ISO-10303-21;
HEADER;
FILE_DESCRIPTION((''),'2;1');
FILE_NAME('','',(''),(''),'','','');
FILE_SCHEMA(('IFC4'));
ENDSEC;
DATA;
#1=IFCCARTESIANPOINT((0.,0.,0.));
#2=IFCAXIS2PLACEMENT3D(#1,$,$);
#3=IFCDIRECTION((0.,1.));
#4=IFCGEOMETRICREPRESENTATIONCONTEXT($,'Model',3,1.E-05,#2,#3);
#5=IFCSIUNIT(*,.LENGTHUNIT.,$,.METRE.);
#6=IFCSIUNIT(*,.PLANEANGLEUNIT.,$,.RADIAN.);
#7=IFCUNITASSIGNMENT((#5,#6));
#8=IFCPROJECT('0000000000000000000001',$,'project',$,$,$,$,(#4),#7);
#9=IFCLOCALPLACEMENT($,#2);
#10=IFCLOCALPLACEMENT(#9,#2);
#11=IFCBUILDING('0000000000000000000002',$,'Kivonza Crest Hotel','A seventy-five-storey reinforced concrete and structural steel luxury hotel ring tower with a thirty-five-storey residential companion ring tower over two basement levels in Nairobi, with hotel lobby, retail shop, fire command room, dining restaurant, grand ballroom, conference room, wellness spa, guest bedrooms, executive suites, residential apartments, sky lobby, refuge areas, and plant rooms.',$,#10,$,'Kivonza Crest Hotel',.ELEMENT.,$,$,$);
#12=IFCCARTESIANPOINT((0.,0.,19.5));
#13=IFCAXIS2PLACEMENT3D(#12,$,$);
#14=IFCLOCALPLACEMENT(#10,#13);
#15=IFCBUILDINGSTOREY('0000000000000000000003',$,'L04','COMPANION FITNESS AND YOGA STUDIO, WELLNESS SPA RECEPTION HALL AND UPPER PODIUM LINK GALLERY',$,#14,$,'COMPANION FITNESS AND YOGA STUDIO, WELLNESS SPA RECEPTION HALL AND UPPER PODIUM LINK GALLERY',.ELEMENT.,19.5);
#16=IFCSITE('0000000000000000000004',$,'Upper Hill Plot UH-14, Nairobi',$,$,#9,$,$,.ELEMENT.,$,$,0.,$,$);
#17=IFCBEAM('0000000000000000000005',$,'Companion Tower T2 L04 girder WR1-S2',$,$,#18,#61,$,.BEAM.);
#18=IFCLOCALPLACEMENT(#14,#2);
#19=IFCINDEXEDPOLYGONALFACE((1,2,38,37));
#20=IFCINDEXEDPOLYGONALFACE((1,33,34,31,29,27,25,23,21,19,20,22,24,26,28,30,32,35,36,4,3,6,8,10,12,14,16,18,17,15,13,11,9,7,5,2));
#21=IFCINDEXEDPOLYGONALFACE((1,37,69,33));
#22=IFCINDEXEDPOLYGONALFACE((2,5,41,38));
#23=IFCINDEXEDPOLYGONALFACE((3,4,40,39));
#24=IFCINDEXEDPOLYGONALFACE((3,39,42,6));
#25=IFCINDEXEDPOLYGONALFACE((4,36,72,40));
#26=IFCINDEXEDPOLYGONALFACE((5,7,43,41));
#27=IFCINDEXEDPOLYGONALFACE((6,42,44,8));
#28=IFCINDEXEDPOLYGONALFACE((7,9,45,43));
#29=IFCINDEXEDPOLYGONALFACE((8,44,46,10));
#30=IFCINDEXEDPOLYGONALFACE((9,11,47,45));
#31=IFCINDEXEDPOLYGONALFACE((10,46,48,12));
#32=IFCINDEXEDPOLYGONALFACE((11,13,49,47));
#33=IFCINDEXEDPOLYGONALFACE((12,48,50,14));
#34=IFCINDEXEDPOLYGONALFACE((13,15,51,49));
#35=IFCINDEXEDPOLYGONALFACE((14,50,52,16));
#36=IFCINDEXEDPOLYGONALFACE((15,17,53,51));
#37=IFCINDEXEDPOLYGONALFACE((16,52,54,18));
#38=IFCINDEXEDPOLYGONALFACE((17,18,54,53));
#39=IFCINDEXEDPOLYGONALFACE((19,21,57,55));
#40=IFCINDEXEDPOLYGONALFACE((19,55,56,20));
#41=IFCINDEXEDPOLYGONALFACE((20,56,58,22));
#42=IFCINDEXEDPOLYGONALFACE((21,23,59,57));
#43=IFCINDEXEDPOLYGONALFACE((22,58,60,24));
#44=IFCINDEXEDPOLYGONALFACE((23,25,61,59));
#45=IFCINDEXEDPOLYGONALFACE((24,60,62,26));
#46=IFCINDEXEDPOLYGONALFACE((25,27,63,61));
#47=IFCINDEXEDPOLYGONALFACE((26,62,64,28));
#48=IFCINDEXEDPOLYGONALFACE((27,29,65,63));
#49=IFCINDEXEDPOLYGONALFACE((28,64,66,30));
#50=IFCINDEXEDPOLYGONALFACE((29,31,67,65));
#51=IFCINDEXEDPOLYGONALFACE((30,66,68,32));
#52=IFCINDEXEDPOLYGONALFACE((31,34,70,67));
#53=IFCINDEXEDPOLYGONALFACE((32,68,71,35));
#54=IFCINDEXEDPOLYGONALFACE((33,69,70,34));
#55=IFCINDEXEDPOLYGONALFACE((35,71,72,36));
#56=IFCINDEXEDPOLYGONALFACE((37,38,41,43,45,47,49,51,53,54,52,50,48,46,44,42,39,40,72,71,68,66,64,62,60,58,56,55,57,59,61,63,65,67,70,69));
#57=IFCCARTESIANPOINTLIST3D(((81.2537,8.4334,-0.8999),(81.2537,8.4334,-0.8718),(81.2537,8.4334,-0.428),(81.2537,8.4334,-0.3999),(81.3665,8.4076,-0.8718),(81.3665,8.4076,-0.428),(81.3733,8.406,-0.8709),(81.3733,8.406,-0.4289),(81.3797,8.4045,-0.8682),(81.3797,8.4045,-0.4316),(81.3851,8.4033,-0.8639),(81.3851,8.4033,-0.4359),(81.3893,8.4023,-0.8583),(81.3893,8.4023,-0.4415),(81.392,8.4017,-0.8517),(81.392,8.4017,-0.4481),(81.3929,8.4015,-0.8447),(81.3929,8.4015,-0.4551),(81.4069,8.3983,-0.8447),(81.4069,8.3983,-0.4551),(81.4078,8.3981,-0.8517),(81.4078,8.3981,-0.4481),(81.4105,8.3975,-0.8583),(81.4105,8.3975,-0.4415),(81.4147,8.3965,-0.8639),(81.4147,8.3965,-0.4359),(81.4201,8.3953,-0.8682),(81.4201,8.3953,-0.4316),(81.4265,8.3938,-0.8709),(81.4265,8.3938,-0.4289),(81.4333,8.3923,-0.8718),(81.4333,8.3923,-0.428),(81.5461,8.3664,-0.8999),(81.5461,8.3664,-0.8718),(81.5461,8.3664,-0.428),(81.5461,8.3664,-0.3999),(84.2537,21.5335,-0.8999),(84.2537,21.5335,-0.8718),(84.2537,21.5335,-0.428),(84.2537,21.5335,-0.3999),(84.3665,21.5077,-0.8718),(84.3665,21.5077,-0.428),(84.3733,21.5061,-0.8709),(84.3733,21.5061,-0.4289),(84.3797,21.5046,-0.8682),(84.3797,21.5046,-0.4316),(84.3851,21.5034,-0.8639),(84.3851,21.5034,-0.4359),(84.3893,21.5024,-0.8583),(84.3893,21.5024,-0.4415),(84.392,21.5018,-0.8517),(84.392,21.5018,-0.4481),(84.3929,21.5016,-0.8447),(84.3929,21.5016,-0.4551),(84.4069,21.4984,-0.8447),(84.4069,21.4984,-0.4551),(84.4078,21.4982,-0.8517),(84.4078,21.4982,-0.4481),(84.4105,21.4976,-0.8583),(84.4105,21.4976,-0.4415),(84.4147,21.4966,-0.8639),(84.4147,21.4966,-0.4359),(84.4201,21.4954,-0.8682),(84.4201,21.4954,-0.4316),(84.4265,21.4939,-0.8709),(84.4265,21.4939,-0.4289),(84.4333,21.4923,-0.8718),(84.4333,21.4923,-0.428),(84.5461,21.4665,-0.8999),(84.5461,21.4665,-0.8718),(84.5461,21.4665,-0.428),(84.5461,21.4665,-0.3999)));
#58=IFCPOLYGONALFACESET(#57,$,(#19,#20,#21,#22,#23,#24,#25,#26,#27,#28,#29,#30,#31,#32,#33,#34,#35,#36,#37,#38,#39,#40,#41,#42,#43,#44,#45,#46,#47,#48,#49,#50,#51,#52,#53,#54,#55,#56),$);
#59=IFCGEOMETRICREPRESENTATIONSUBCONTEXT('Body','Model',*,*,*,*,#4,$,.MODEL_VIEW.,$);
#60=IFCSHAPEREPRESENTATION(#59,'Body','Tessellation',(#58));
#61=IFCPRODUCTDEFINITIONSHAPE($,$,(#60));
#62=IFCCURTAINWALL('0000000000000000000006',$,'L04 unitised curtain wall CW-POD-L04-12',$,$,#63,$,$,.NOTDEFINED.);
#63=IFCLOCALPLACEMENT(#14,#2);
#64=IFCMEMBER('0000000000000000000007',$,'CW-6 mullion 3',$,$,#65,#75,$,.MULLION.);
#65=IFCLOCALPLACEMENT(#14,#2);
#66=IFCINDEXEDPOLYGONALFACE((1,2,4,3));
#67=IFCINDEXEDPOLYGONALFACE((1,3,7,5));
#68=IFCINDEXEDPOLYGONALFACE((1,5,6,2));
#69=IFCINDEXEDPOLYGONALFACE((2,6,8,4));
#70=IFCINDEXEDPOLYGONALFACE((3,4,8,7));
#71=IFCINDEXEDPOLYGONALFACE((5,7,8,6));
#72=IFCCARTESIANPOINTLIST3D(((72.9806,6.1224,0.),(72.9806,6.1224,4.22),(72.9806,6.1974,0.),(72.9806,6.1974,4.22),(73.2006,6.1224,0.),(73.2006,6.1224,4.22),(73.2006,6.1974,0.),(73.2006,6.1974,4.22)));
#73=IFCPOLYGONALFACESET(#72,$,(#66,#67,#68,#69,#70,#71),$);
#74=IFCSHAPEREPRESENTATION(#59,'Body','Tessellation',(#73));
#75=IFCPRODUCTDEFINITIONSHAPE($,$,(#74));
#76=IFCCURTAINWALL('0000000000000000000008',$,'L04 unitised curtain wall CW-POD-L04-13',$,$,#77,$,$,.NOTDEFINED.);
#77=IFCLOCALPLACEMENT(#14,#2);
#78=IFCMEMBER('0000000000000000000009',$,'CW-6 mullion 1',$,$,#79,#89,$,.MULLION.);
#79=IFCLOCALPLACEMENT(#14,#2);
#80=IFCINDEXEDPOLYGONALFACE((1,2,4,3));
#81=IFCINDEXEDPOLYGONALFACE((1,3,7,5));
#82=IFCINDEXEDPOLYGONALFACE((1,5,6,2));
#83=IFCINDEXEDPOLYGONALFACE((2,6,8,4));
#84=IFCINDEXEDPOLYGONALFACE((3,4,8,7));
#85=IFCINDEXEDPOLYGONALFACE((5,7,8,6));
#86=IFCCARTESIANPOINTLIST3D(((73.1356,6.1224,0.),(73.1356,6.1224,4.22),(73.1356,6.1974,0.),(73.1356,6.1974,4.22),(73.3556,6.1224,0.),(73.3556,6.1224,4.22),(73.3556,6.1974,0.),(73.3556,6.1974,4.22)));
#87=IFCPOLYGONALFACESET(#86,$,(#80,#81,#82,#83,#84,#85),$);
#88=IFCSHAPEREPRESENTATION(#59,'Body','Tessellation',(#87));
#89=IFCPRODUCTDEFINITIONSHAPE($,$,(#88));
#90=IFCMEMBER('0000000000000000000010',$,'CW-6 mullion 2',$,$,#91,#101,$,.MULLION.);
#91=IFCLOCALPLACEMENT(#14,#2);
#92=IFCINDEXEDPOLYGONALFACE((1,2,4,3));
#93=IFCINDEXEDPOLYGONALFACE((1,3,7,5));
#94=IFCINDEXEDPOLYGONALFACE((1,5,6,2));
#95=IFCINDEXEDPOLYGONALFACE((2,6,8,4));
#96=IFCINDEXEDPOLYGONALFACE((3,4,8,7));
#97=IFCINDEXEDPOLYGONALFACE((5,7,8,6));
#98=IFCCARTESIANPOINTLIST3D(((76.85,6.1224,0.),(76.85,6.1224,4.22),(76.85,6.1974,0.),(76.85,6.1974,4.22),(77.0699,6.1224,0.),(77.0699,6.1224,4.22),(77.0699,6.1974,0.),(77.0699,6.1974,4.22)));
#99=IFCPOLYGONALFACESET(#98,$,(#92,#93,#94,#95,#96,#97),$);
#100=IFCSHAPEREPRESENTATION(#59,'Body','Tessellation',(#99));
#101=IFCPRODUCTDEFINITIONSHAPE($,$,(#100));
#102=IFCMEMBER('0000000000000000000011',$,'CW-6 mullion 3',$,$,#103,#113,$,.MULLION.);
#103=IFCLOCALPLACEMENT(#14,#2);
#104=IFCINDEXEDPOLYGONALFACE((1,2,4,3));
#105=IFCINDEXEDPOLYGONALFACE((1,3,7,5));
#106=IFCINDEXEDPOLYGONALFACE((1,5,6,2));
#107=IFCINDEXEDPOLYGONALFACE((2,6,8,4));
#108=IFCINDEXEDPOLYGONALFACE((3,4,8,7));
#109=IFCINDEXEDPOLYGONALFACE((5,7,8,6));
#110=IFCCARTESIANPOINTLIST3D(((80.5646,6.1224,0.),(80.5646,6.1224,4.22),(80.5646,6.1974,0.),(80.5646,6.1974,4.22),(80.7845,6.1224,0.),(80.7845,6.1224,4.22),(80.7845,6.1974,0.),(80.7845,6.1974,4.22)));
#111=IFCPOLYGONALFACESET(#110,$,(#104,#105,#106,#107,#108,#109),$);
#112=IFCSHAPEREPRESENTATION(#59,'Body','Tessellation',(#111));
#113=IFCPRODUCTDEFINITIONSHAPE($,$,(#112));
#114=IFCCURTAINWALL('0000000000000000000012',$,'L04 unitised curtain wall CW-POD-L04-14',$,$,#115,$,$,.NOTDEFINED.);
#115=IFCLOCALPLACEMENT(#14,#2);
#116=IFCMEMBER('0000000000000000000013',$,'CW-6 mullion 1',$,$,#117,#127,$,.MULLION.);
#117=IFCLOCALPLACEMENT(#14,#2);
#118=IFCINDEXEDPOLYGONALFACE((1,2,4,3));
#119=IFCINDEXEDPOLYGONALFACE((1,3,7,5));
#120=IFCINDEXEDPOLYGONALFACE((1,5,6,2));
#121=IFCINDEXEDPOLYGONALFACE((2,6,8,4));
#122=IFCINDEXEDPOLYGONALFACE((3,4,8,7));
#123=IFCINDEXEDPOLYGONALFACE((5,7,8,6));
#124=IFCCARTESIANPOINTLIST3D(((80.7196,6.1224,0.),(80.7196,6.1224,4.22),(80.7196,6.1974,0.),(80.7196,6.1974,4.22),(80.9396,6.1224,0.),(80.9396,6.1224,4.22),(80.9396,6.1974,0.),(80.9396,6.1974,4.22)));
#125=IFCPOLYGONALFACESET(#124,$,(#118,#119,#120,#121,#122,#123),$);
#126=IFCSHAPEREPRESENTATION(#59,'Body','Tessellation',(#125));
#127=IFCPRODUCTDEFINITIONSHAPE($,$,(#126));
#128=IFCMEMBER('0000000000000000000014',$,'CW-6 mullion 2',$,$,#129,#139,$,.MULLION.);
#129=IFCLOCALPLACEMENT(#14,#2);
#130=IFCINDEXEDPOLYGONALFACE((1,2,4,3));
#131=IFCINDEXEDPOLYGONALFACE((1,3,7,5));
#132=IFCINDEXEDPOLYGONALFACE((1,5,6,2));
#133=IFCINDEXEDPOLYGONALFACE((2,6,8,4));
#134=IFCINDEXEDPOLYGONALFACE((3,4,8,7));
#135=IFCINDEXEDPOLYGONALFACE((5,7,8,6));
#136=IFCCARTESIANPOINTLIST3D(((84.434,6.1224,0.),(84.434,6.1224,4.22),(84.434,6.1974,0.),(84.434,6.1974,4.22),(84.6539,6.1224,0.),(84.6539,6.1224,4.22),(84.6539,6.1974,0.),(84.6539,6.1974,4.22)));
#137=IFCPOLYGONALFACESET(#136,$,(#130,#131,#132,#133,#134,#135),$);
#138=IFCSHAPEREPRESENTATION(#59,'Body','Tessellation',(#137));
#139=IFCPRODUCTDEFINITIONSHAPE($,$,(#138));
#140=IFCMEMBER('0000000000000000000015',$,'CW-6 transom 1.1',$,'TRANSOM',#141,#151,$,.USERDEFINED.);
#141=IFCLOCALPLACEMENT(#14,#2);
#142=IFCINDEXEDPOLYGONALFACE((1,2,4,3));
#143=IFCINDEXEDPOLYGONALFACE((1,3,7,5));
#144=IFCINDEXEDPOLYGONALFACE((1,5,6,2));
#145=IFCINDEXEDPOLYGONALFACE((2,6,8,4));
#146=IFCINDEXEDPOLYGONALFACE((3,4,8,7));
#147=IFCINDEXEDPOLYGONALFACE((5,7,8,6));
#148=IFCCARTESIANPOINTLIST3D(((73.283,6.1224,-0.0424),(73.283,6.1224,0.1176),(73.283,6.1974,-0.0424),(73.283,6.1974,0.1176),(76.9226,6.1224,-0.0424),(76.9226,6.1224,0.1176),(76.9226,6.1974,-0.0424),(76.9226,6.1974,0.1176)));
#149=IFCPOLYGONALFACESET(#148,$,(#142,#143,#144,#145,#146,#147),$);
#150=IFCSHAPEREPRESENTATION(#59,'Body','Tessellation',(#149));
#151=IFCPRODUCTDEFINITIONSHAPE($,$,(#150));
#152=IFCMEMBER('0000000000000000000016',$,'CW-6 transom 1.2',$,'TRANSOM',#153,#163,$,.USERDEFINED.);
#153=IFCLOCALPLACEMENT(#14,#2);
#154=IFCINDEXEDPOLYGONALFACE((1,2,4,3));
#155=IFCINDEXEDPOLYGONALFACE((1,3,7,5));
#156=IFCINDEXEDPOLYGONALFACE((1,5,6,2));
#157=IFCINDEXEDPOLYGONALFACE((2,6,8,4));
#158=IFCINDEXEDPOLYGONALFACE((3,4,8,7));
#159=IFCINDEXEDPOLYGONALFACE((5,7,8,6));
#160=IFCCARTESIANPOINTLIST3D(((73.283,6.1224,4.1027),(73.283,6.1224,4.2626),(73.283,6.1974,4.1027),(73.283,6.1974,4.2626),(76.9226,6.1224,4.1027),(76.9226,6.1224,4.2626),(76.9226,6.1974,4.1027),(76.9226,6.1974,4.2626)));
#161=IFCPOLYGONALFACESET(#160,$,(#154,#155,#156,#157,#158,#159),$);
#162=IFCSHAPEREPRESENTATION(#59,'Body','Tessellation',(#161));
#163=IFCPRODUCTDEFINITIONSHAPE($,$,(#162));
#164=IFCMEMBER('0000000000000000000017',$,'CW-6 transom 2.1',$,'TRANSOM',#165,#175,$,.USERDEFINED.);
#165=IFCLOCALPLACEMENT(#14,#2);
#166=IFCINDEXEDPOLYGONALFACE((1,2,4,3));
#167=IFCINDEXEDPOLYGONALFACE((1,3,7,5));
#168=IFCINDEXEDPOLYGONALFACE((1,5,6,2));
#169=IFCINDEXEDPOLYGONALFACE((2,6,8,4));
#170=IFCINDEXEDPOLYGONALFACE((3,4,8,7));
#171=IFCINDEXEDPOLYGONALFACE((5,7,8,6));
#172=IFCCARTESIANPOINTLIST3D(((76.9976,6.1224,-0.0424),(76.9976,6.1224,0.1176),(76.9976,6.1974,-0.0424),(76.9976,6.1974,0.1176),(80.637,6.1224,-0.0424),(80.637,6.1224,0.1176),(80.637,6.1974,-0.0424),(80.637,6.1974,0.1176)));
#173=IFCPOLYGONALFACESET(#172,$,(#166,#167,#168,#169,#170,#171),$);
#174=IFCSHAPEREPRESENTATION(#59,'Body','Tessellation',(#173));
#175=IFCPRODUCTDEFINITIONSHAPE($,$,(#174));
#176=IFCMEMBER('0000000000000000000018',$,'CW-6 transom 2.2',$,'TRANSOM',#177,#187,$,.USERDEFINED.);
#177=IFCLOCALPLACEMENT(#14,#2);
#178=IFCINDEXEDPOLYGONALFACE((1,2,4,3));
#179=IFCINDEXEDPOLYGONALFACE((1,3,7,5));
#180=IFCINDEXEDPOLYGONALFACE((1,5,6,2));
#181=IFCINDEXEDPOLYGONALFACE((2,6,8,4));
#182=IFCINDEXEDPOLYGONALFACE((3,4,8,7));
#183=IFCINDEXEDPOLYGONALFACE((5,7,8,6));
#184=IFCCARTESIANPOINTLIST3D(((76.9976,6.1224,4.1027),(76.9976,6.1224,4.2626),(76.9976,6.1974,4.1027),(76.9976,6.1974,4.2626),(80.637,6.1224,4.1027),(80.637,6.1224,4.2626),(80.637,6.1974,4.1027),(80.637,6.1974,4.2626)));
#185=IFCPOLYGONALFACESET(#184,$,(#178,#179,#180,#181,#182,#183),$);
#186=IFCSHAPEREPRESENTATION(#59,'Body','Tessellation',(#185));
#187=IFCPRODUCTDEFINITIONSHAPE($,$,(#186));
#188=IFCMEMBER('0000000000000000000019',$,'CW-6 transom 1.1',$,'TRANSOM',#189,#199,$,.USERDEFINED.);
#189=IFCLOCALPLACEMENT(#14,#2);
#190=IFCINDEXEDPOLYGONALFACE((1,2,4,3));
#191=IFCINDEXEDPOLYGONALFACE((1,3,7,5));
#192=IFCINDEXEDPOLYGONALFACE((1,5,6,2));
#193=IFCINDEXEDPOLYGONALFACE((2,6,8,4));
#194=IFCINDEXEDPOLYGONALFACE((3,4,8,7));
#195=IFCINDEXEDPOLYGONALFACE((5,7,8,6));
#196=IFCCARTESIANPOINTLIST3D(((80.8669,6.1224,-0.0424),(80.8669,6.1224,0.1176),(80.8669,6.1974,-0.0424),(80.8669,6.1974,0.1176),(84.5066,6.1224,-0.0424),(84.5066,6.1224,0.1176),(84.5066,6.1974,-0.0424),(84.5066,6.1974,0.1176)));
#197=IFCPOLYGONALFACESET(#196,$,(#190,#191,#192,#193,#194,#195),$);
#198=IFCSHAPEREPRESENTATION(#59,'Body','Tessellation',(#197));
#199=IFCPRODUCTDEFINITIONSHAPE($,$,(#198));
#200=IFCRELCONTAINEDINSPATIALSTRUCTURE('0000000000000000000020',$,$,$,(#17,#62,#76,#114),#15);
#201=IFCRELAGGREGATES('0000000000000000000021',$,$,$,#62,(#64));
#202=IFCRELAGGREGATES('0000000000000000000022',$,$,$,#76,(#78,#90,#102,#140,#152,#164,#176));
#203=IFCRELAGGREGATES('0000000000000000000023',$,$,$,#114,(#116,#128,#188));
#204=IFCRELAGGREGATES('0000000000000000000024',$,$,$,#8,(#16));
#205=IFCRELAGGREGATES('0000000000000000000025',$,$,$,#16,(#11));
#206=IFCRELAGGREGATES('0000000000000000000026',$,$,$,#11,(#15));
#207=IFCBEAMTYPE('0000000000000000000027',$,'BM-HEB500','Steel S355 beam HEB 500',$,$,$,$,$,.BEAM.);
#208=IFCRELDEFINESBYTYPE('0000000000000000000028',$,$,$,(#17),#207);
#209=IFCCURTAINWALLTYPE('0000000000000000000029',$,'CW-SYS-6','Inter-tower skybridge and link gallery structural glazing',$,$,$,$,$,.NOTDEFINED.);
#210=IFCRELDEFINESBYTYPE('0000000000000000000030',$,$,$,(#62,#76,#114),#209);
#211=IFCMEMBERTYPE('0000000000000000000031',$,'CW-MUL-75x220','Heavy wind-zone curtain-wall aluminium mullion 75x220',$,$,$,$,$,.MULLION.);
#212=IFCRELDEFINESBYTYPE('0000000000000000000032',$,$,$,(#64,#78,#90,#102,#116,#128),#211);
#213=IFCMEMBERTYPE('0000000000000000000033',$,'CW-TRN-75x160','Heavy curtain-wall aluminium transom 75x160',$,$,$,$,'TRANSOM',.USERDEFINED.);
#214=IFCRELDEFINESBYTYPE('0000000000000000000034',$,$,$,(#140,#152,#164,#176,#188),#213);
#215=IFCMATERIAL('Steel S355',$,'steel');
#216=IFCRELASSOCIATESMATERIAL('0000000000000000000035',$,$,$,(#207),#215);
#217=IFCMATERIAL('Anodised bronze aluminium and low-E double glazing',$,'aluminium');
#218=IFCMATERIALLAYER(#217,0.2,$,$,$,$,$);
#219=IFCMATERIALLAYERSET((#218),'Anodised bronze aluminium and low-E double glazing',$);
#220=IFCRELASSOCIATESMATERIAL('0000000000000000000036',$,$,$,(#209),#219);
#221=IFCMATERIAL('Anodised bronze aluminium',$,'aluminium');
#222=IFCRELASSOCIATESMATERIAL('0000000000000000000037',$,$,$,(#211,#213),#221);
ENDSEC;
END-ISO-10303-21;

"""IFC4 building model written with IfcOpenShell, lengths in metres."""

from ifc_helpers import new_model, si_unit, direction, frame, origin, origin_2d, place, context, subcontext, project, spatial, rectangle, i_section, extrude, material, layer, layer_set, material_profile, profile_set, type_object, element, aggregate, save


model = new_model("IFC4")

# Units and contexts
model_context = context("Model", 3, precision=1e-05, world=origin(), true_north=direction((0.0, 1.0)))
body_context = subcontext(model_context, "Body", "Model", "MODEL_VIEW")
ifc_project = project(units=[si_unit("LENGTHUNIT", "METRE"), si_unit("PLANEANGLEUNIT", "RADIAN")], contexts=[model_context])

# Site, building, storey
site_placement = place(None, origin())
site = spatial("IfcSite", under=ifc_project, at=site_placement, Name="Upper Hill Plot UH-14, Nairobi", CompositionType="ELEMENT", RefElevation=0.0)
building_placement = place(site_placement, origin())
building = spatial("IfcBuilding", under=site, at=building_placement, Name="Kivonza Crest Hotel", Description="A seventy-five-storey reinforced concrete and structural steel luxury hotel ring tower with a thirty-five-storey residential companion ring tower over two basement levels in Nairobi, with hotel lobby, retail shop, fire command room, dining restaurant, grand ballroom, conference room, wellness spa, guest bedrooms, executive suites, residential apartments, sky lobby, refuge areas, and plant rooms.", LongName="Kivonza Crest Hotel", CompositionType="ELEMENT")
storey_placement = place(building_placement, frame((0.0, 0.0, 19.5)))
storey = spatial("IfcBuildingStorey", under=building, at=storey_placement, Name="L04", Description="COMPANION FITNESS AND YOGA STUDIO, WELLNESS SPA RECEPTION HALL AND UPPER PODIUM LINK GALLERY", LongName="COMPANION FITNESS AND YOGA STUDIO, WELLNESS SPA RECEPTION HALL AND UPPER PODIUM LINK GALLERY", CompositionType="ELEMENT", Elevation=19.5)

# Beam
ifc_material_1 = material(Name="Steel S355", Category="steel")
ifc_material_profile_1 = material_profile(ifc_material_1, i_section(OverallWidth=0.3, OverallDepth=0.5, WebThickness=0.0144, FlangeThickness=0.0281, FilletRadius=0.0271, at=origin_2d()), Name="HEB 500")
ifc_profile_set_1 = profile_set([ifc_material_profile_1], Name="Steel S355")
beam_type_1 = type_object("IfcBeamType", Name="BM-HEB500", Description="Steel S355 beam HEB 500", PredefinedType="BEAM", material=ifc_profile_set_1)
beam_1_placement = place(storey_placement, frame((84.3999, 21.5, -0.6499), z_axis=(-0.223227, -0.974766, 0.0), x_axis=(0.974766, -0.223227, 0.0)))
element("IfcBeam", 1, at=beam_1_placement, inside=storey, type_object=beam_type_1, Name="Companion Tower T2 L04 girder WR1-S2", PredefinedType="BEAM", context=body_context, shape_type="SweptSolid", body=[
    extrude(i_section(OverallWidth=0.3, OverallDepth=0.5, WebThickness=0.0144, FlangeThickness=0.0281, FilletRadius=0.0271, at=origin_2d()), origin(), (0.0, 0.0, 1.0), 13.4392),
])

# Curtain wall, member
ifc_material_2 = material(Name="Anodised bronze aluminium and low-E double glazing", Category="aluminium")
ifc_layer_1 = layer(ifc_material_2, 0.2)
ifc_layer_set_1 = layer_set([ifc_layer_1], Name="Anodised bronze aluminium and low-E double glazing")
curtain_wall_type = type_object("IfcCurtainWallType", Name="CW-SYS-6", Description="Inter-tower skybridge and link gallery structural glazing", PredefinedType="NOTDEFINED", material=ifc_layer_set_1)
curtain_wall_1_placement = place(storey_placement, origin())
curtain_wall_1 = element("IfcCurtainWall", 2, at=curtain_wall_1_placement, inside=storey, type_object=curtain_wall_type, Name="L04 unitised curtain wall CW-POD-L04-12", PredefinedType="NOTDEFINED")
ifc_material_3 = material(Name="Anodised bronze aluminium", Category="aluminium")
ifc_material_profile_2 = material_profile(ifc_material_3, rectangle(XDim=0.075, YDim=0.22, at=origin_2d()), Name="CW-M 75x220")
ifc_profile_set_2 = profile_set([ifc_material_profile_2], Name="Anodised bronze aluminium")
member_type_1 = type_object("IfcMemberType", Name="CW-MUL-75x220", Description="Heavy wind-zone curtain-wall aluminium mullion 75x220", PredefinedType="MULLION", material=ifc_profile_set_2)
member_1_placement = place(storey_placement, frame((73.0906, 6.1599, 0.0), z_axis=(0.0, 0.0, 1.0), x_axis=(0.0, 1.0, 0.0)))
member_1 = element("IfcMember", 3, at=member_1_placement, type_object=member_type_1, Name="CW-6 mullion 3", PredefinedType="MULLION", context=body_context, shape_type="SweptSolid", body=[
    extrude(rectangle(XDim=0.075, YDim=0.22, at=origin_2d()), origin(), (0.0, 0.0, 1.0), 4.22),
])
aggregate(curtain_wall_1, [member_1])

# Curtain walls, members
curtain_wall_2_placement = place(storey_placement, origin())
curtain_wall_2 = element("IfcCurtainWall", 4, at=curtain_wall_2_placement, inside=storey, type_object=curtain_wall_type, Name="L04 unitised curtain wall CW-POD-L04-13", PredefinedType="NOTDEFINED")
member_2_placement = place(storey_placement, frame((73.2456, 6.1599, 0.0), z_axis=(0.0, 0.0, 1.0), x_axis=(0.0, 1.0, 0.0)))
member_2 = element("IfcMember", 5, at=member_2_placement, type_object=member_type_1, Name="CW-6 mullion 1", PredefinedType="MULLION", context=body_context, shape_type="SweptSolid", body=[
    extrude(rectangle(XDim=0.075, YDim=0.22, at=origin_2d()), origin(), (0.0, 0.0, 1.0), 4.22),
])
member_3_placement = place(storey_placement, frame((76.96, 6.1599, 0.0), z_axis=(0.0, 0.0, 1.0), x_axis=(0.0, 1.0, 0.0)))
member_3 = element("IfcMember", 6, at=member_3_placement, type_object=member_type_1, Name="CW-6 mullion 2", PredefinedType="MULLION", context=body_context, shape_type="SweptSolid", body=[
    extrude(rectangle(XDim=0.075, YDim=0.22, at=origin_2d()), origin(), (0.0, 0.0, 1.0), 4.22),
])
member_4_placement = place(storey_placement, frame((80.6746, 6.1599, 0.0), z_axis=(0.0, 0.0, 1.0), x_axis=(0.0, 1.0, 0.0)))
member_4 = element("IfcMember", 7, at=member_4_placement, type_object=member_type_1, Name="CW-6 mullion 3", PredefinedType="MULLION", context=body_context, shape_type="SweptSolid", body=[
    extrude(rectangle(XDim=0.075, YDim=0.22, at=origin_2d()), origin(), (0.0, 0.0, 1.0), 4.22),
])
curtain_wall_3_placement = place(storey_placement, origin())
curtain_wall_3 = element("IfcCurtainWall", 8, at=curtain_wall_3_placement, inside=storey, type_object=curtain_wall_type, Name="L04 unitised curtain wall CW-POD-L04-14", PredefinedType="NOTDEFINED")
member_5_placement = place(storey_placement, frame((80.8296, 6.1599, 0.0), z_axis=(0.0, 0.0, 1.0), x_axis=(0.0, 1.0, 0.0)))
member_5 = element("IfcMember", 9, at=member_5_placement, type_object=member_type_1, Name="CW-6 mullion 1", PredefinedType="MULLION", context=body_context, shape_type="SweptSolid", body=[
    extrude(rectangle(XDim=0.075, YDim=0.22, at=origin_2d()), origin(), (0.0, 0.0, 1.0), 4.22),
])
member_6_placement = place(storey_placement, frame((84.5439, 6.1599, 0.0), z_axis=(0.0, 0.0, 1.0), x_axis=(0.0, 1.0, 0.0)))
member_6 = element("IfcMember", 10, at=member_6_placement, type_object=member_type_1, Name="CW-6 mullion 2", PredefinedType="MULLION", context=body_context, shape_type="SweptSolid", body=[
    extrude(rectangle(XDim=0.075, YDim=0.22, at=origin_2d()), origin(), (0.0, 0.0, 1.0), 4.22),
])

# Members
ifc_material_profile_3 = material_profile(ifc_material_3, rectangle(XDim=0.075, YDim=0.1599, at=origin_2d()), Name="CW-T 75x160")
ifc_profile_set_3 = profile_set([ifc_material_profile_3], Name="Anodised bronze aluminium")
member_type_2 = type_object("IfcMemberType", Name="CW-TRN-75x160", Description="Heavy curtain-wall aluminium transom 75x160", ElementType="TRANSOM", PredefinedType="USERDEFINED", material=ifc_profile_set_3)
member_7_placement = place(storey_placement, frame((73.283, 6.1599, 0.0376), z_axis=(1.0, 0.0, 0.0), x_axis=(0.0, 1.0, 0.0)))
member_7 = element("IfcMember", 11, at=member_7_placement, type_object=member_type_2, Name="CW-6 transom 1.1", ObjectType="TRANSOM", PredefinedType="USERDEFINED", context=body_context, shape_type="SweptSolid", body=[
    extrude(rectangle(XDim=0.075, YDim=0.1599, at=origin_2d()), origin(), (0.0, 0.0, 1.0), 3.6396),
])
member_8_placement = place(storey_placement, frame((73.283, 6.1599, 4.1826), z_axis=(1.0, 0.0, 0.0), x_axis=(0.0, 1.0, 0.0)))
member_8 = element("IfcMember", 12, at=member_8_placement, type_object=member_type_2, Name="CW-6 transom 1.2", ObjectType="TRANSOM", PredefinedType="USERDEFINED", context=body_context, shape_type="SweptSolid", body=[
    extrude(rectangle(XDim=0.075, YDim=0.1599, at=origin_2d()), origin(), (0.0, 0.0, 1.0), 3.6396),
])
member_9_placement = place(storey_placement, frame((76.9976, 6.1599, 0.0376), z_axis=(1.0, 0.0, 0.0), x_axis=(0.0, 1.0, 0.0)))
member_9 = element("IfcMember", 13, at=member_9_placement, type_object=member_type_2, Name="CW-6 transom 2.1", ObjectType="TRANSOM", PredefinedType="USERDEFINED", context=body_context, shape_type="SweptSolid", body=[
    extrude(rectangle(XDim=0.075, YDim=0.1599, at=origin_2d()), origin(), (0.0, 0.0, 1.0), 3.6394),
])
member_10_placement = place(storey_placement, frame((76.9976, 6.1599, 4.1826), z_axis=(1.0, 0.0, 0.0), x_axis=(0.0, 1.0, 0.0)))
member_10 = element("IfcMember", 14, at=member_10_placement, type_object=member_type_2, Name="CW-6 transom 2.2", ObjectType="TRANSOM", PredefinedType="USERDEFINED", context=body_context, shape_type="SweptSolid", body=[
    extrude(rectangle(XDim=0.075, YDim=0.1599, at=origin_2d()), origin(), (0.0, 0.0, 1.0), 3.6394),
])
member_11_placement = place(storey_placement, frame((80.8669, 6.1599, 0.0376), z_axis=(1.0, 0.0, 0.0), x_axis=(0.0, 1.0, 0.0)))
member_11 = element("IfcMember", 15, at=member_11_placement, type_object=member_type_2, Name="CW-6 transom 1.1", ObjectType="TRANSOM", PredefinedType="USERDEFINED", context=body_context, shape_type="SweptSolid", body=[
    extrude(rectangle(XDim=0.075, YDim=0.1599, at=origin_2d()), origin(), (0.0, 0.0, 1.0), 3.6396),
])

aggregate(curtain_wall_2, [member_2, member_3, member_4, member_7, member_8, member_9, member_10])
aggregate(curtain_wall_3, [member_5, member_6, member_11])

save(model, "model.ifc")
